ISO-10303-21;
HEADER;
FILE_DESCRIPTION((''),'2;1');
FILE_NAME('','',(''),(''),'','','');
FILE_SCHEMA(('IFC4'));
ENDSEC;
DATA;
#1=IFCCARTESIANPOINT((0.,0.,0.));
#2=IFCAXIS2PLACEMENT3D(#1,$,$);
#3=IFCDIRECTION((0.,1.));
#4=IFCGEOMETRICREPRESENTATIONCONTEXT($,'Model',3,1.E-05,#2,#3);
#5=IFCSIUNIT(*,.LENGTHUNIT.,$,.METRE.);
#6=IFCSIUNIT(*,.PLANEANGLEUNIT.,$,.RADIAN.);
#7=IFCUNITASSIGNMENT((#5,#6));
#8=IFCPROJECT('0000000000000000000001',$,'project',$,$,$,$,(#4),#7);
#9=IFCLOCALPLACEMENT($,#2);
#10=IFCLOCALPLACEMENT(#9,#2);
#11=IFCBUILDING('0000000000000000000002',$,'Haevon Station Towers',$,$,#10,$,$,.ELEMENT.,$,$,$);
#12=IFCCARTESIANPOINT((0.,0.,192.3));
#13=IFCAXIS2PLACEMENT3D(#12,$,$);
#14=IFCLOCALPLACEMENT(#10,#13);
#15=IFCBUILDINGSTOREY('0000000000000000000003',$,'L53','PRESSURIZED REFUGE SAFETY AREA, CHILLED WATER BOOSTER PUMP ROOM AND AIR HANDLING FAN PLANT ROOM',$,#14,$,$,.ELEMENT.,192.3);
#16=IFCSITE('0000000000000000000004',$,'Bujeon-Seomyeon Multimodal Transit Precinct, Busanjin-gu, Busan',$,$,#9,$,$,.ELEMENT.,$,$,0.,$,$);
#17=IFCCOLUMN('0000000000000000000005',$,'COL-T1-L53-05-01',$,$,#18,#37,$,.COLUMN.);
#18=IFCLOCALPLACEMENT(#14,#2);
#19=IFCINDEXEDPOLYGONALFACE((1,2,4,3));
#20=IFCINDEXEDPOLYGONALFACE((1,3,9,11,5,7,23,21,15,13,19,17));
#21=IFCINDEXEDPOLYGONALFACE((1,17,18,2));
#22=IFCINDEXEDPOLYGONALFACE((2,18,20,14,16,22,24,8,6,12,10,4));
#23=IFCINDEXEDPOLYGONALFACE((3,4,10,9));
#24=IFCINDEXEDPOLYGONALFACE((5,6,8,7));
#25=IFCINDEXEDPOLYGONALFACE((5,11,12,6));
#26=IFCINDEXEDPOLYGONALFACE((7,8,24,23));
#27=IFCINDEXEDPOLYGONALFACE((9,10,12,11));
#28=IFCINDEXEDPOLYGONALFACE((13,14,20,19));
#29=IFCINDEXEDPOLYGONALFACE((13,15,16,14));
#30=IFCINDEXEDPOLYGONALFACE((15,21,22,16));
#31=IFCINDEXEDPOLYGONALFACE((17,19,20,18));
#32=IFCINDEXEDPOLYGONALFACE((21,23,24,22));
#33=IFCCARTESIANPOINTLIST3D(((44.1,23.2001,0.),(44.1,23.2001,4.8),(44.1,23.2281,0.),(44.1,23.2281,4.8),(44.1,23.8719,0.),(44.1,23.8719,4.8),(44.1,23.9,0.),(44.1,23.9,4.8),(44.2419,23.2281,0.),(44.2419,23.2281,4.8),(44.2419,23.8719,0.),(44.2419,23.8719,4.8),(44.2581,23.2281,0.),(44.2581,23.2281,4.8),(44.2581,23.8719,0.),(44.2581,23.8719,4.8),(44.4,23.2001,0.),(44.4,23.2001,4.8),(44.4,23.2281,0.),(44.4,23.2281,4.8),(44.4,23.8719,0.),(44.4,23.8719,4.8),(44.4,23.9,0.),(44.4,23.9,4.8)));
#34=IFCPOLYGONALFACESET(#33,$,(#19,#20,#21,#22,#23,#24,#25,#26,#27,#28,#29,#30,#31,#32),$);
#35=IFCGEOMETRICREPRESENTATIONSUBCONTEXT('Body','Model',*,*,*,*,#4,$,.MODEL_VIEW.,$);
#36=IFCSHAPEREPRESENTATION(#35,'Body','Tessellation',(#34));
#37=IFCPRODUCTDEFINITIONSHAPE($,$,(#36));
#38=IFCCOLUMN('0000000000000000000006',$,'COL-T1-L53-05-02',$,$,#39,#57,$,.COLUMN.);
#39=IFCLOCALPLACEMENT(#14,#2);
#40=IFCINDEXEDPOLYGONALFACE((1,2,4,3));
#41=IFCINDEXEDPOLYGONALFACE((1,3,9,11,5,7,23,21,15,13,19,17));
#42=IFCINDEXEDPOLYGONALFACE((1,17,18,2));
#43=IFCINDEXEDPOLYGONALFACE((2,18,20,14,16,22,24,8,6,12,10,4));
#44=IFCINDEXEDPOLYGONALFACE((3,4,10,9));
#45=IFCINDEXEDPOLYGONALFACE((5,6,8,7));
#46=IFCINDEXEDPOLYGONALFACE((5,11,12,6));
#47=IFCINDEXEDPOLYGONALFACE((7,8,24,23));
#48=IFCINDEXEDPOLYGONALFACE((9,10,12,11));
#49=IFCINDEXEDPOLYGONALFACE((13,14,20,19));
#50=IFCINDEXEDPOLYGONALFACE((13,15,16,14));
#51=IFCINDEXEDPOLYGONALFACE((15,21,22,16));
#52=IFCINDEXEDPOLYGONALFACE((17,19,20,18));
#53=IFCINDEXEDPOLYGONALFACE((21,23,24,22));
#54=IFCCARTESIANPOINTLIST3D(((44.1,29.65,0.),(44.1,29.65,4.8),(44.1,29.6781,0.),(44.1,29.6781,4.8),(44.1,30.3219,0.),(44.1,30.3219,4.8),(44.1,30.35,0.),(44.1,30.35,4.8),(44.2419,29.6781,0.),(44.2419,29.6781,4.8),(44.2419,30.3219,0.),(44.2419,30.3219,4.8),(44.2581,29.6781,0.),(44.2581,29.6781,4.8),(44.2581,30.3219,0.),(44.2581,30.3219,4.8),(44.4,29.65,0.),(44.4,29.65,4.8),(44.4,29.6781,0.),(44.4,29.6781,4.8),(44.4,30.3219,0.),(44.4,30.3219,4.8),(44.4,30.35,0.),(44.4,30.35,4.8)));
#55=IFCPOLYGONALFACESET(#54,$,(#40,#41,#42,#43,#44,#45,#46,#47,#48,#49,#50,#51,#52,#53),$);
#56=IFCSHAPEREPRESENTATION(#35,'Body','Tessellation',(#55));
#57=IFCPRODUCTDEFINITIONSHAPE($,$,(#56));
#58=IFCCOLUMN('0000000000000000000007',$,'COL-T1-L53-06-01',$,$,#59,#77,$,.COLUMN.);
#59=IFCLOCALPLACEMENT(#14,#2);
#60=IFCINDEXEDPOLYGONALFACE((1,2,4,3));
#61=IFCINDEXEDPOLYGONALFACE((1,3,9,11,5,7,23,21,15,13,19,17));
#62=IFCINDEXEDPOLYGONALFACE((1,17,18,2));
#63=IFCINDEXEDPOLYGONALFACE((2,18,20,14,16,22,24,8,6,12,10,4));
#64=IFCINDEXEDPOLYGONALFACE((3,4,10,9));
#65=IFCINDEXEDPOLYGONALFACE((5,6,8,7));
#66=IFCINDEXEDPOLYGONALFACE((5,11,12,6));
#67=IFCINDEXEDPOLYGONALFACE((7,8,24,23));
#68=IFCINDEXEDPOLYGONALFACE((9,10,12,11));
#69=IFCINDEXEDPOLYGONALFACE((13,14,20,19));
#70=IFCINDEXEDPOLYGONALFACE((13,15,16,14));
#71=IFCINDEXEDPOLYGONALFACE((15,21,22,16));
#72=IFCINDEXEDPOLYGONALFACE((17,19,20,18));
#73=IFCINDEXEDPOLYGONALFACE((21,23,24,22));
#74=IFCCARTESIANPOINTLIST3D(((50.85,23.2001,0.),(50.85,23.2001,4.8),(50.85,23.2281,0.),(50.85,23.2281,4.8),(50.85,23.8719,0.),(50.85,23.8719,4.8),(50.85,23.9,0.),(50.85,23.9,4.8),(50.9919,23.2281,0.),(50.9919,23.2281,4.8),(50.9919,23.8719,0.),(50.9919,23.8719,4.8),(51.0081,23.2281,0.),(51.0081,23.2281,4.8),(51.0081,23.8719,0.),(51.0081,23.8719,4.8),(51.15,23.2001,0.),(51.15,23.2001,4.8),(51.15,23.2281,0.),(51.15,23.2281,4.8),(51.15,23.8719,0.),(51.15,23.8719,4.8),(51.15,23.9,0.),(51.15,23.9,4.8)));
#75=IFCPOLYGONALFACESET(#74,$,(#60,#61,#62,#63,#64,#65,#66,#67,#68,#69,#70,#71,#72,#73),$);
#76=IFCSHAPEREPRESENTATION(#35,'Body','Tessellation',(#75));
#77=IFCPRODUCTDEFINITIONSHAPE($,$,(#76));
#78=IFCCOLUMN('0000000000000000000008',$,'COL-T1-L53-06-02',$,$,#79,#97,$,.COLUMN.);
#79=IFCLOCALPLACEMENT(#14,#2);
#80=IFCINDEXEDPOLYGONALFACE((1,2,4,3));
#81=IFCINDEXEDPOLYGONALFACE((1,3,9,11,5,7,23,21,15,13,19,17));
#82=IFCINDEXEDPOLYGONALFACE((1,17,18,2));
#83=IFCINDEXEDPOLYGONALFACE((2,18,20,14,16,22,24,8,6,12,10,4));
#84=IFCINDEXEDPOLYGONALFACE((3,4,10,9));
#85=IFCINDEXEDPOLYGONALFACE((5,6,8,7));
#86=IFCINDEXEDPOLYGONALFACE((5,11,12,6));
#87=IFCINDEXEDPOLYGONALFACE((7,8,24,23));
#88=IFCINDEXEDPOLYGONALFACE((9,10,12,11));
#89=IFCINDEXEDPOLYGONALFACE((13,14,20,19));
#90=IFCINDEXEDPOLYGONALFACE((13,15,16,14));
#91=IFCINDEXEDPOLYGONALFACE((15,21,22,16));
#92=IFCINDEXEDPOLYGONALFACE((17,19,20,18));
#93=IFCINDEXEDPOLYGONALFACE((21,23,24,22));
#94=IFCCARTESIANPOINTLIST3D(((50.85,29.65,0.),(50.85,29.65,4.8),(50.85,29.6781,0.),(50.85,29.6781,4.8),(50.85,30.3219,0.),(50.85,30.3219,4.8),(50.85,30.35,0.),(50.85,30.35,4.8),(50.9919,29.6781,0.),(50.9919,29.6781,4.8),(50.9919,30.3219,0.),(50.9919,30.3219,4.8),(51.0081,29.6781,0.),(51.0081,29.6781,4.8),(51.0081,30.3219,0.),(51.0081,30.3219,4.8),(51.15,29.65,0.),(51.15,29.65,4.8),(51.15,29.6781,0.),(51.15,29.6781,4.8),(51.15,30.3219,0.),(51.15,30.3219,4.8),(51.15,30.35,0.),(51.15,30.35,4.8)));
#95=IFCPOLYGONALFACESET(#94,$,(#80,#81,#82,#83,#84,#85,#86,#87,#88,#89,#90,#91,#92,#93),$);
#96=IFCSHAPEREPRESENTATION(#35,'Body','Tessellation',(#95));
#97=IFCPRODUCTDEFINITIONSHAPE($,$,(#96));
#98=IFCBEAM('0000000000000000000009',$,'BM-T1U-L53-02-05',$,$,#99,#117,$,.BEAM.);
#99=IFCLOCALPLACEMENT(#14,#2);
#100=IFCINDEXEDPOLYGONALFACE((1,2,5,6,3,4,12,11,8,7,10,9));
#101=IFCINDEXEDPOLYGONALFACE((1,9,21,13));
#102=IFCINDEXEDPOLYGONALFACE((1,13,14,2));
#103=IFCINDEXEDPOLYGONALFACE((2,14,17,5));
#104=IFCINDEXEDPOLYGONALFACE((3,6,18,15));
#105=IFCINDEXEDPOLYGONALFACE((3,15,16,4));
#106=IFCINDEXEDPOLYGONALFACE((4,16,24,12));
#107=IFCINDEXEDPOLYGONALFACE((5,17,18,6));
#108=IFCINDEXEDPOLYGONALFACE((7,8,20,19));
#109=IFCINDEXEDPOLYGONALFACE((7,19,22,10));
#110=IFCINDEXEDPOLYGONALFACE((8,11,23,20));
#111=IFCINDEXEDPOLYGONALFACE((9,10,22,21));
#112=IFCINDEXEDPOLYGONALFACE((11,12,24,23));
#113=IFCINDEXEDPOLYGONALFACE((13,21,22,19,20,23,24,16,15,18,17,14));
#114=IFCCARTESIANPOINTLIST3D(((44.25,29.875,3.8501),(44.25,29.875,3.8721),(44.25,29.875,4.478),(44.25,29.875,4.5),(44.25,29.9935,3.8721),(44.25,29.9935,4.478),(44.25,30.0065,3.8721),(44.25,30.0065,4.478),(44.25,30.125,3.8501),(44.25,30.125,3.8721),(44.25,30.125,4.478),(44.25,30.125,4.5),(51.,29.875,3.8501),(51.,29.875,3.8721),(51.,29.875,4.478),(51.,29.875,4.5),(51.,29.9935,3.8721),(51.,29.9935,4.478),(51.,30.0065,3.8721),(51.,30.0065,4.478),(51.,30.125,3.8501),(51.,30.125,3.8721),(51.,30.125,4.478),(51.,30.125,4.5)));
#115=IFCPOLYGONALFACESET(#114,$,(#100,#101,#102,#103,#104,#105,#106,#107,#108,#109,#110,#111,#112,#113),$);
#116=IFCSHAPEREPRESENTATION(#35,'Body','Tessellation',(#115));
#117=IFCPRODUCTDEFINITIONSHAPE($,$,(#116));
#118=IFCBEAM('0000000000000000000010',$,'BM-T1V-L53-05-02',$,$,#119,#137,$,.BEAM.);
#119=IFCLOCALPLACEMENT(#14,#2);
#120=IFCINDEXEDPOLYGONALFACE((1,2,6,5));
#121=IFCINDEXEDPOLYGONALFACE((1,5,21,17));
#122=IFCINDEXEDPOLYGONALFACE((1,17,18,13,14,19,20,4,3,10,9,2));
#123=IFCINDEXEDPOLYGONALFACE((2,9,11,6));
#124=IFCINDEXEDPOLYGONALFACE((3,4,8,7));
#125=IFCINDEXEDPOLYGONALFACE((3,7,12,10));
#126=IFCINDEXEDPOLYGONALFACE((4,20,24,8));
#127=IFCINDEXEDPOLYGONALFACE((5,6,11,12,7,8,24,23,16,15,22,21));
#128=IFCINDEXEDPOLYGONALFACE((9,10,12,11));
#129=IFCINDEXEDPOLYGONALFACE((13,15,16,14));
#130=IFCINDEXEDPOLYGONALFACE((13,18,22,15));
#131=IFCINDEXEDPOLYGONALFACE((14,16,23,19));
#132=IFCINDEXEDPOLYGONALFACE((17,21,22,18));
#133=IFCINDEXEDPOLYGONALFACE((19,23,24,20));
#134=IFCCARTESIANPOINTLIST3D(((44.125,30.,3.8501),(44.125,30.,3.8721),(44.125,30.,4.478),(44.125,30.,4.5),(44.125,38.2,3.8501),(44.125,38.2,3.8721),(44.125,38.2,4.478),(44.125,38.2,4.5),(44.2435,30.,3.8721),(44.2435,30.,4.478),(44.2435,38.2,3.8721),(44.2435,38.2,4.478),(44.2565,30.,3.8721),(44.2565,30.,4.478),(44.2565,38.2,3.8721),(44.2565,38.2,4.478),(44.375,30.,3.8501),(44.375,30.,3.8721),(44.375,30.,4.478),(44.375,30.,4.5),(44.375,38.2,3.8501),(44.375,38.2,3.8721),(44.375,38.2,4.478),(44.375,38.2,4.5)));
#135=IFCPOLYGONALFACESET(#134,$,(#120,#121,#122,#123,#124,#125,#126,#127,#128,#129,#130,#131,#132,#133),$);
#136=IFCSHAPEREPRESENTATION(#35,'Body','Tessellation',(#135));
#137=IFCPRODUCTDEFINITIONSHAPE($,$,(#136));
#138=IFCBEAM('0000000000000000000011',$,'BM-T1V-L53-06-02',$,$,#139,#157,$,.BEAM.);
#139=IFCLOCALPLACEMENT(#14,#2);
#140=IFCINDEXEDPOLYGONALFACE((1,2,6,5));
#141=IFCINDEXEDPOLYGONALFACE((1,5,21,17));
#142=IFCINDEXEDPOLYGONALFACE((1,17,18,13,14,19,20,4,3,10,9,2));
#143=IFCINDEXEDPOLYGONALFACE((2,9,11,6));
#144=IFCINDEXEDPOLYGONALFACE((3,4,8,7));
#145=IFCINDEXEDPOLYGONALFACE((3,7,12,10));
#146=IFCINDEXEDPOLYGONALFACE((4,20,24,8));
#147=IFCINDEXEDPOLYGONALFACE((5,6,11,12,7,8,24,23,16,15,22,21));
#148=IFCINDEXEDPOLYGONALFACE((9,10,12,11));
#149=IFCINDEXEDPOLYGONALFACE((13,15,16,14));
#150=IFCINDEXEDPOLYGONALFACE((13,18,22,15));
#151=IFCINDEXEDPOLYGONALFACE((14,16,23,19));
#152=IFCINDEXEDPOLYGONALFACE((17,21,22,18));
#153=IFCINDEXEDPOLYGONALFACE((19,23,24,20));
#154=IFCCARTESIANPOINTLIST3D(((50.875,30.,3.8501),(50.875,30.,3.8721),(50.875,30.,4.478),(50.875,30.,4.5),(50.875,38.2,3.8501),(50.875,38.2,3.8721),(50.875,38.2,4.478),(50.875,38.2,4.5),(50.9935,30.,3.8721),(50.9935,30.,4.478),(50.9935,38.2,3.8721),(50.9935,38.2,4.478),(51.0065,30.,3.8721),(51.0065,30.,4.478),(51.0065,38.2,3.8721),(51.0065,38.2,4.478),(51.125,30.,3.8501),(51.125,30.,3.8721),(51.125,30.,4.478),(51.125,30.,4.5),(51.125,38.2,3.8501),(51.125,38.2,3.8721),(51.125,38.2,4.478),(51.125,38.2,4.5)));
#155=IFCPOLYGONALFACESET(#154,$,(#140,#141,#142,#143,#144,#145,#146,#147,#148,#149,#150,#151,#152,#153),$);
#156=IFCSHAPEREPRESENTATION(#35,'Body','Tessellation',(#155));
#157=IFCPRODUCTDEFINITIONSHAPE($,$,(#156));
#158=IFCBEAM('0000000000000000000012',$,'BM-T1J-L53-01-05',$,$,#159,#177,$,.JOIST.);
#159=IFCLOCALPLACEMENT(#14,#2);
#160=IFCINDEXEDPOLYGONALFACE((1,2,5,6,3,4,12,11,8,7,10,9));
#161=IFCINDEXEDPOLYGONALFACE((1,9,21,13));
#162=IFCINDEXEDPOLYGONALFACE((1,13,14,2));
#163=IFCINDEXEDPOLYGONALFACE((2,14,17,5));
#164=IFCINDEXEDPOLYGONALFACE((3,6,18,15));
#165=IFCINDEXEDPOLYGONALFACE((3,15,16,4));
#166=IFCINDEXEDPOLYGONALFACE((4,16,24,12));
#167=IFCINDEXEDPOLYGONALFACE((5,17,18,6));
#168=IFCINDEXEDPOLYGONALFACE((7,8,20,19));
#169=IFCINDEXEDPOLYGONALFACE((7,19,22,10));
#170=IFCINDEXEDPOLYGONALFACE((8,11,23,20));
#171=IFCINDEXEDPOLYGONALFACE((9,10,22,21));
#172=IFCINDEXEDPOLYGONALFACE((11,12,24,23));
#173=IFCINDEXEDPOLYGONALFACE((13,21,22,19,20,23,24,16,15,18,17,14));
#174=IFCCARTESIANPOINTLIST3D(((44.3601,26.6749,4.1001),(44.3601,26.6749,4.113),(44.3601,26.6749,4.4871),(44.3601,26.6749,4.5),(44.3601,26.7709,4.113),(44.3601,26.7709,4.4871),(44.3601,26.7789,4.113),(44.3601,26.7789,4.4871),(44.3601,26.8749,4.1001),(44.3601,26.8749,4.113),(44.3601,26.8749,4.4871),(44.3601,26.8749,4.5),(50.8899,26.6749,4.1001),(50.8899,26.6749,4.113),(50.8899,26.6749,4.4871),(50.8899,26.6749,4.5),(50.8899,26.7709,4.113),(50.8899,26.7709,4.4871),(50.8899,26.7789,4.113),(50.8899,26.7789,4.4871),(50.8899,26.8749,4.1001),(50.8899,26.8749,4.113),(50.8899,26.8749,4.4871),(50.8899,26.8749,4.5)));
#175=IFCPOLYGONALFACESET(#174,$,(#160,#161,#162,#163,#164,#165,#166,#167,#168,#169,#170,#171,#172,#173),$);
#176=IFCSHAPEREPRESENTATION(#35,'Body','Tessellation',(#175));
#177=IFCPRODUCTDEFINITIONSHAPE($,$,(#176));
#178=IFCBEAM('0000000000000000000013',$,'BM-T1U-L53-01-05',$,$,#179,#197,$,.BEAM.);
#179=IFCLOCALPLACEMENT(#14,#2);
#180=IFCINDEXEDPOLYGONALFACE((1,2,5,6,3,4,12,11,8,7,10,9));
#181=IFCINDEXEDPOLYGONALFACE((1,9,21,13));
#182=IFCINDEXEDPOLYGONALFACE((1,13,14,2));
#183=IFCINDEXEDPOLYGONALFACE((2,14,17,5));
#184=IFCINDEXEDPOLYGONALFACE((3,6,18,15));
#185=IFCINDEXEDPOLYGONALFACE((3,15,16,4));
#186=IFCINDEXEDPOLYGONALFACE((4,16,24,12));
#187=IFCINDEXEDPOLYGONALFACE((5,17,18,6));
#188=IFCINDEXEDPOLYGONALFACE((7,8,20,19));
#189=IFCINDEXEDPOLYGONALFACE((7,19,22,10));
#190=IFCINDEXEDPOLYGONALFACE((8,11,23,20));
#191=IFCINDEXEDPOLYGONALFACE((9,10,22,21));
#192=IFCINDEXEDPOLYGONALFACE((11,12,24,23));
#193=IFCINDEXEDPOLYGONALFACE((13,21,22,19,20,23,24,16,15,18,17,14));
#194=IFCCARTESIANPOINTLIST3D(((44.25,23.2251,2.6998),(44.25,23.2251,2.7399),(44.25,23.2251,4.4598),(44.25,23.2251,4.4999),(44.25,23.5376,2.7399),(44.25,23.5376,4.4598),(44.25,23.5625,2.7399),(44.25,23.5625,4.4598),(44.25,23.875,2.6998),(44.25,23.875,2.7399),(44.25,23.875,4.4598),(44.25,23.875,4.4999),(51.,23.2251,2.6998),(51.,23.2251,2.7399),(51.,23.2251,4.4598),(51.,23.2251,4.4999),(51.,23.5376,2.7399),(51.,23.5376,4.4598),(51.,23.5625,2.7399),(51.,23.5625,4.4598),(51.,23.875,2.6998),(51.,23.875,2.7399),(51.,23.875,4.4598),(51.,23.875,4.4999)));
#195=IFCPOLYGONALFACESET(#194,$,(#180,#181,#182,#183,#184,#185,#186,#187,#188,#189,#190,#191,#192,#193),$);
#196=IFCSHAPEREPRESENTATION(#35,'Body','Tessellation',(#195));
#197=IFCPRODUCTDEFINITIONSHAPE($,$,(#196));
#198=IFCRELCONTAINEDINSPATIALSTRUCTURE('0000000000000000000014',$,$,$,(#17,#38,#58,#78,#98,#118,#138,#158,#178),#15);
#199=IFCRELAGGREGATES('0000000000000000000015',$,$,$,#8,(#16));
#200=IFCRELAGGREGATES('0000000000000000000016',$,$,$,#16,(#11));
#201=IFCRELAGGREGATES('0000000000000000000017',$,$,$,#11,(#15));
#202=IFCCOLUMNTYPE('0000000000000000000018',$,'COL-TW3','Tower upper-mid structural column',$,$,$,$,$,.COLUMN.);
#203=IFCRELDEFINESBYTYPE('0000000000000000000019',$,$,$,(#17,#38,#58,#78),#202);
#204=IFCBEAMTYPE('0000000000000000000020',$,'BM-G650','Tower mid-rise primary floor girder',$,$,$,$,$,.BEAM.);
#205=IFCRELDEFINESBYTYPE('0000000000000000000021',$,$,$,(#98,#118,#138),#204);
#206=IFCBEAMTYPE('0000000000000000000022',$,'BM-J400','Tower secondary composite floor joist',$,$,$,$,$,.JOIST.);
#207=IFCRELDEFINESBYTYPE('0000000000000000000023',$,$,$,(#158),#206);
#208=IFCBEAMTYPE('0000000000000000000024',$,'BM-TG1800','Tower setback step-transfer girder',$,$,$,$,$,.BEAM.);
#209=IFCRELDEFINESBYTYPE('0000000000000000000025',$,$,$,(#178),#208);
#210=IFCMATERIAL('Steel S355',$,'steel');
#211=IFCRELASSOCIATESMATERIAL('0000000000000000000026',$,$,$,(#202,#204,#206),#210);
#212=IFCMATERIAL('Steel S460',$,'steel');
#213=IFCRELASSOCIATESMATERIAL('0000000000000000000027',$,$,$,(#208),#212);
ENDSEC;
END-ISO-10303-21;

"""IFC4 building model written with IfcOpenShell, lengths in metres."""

from ifc_helpers import new_model, si_unit, direction, frame, origin, origin_2d, place, context, subcontext, project, spatial, i_section, extrude, material, material_profile, profile_set, type_object, element, save


model = new_model("IFC4")

# Units and contexts
model_context = context("Model", 3, precision=1e-05, world=origin(), true_north=direction((0.0, 1.0)))
body_context = subcontext(model_context, "Body", "Model", "MODEL_VIEW")
ifc_project = project(units=[si_unit("LENGTHUNIT", "METRE"), si_unit("PLANEANGLEUNIT", "RADIAN")], contexts=[model_context])

# Site, building, storey
site_placement = place(None, origin())
site = spatial("IfcSite", under=ifc_project, at=site_placement, Name="Bujeon-Seomyeon Multimodal Transit Precinct, Busanjin-gu, Busan", CompositionType="ELEMENT", RefElevation=0.0)
building_placement = place(site_placement, origin())
building = spatial("IfcBuilding", under=site, at=building_placement, Name="Haevon Station Towers", CompositionType="ELEMENT")
storey_placement = place(building_placement, frame((0.0, 0.0, 192.3)))
storey = spatial("IfcBuildingStorey", under=building, at=storey_placement, Name="L53", Description="PRESSURIZED REFUGE SAFETY AREA, CHILLED WATER BOOSTER PUMP ROOM AND AIR HANDLING FAN PLANT ROOM", CompositionType="ELEMENT", Elevation=192.3)

# Columns
ifc_material_1 = material(Name="Steel S355", Category="steel")
ifc_material_profile_1 = material_profile(ifc_material_1, i_section(OverallWidth=0.3, OverallDepth=0.7, WebThickness=0.0161, FlangeThickness=0.0281, at=origin_2d()), Name="H-700x300x16x28")
ifc_profile_set_1 = profile_set([ifc_material_profile_1], Name="Steel S355")
column_type = type_object("IfcColumnType", Name="COL-TW3", Description="Tower upper-mid structural column", PredefinedType="COLUMN", material=ifc_profile_set_1)
for number, where, z_axis, x_axis, name in (
    (1, (44.25, 23.55, 0.0), (0.0, 0.0, 1.0), (1.0, 0.0, 0.0), "COL-T1-L53-05-01"),
    (2, (44.25, 30.0, 0.0), (0.0, 0.0, 1.0), (1.0, 0.0, 0.0), "COL-T1-L53-05-02"),
    (3, (51.0, 23.55, 0.0), (0.0, 0.0, 1.0), (1.0, 0.0, 0.0), "COL-T1-L53-06-01"),
    (4, (51.0, 30.0, 0.0), (0.0, 0.0, 1.0), (1.0, 0.0, 0.0), "COL-T1-L53-06-02"),
):
    element("IfcColumn", number, at=place(storey_placement, frame(where, z_axis=z_axis, x_axis=x_axis)), inside=storey, type_object=column_type, Name=name, PredefinedType="COLUMN", context=body_context, shape_type="SweptSolid", body=[
        extrude(i_section(OverallWidth=0.3, OverallDepth=0.7, WebThickness=0.0161, FlangeThickness=0.0281, at=origin_2d()), origin(), (0.0, 0.0, 1.0), 4.8),
    ])

# Beams
ifc_material_profile_2 = material_profile(ifc_material_1, i_section(OverallWidth=0.25, OverallDepth=0.6499, WebThickness=0.0129, FlangeThickness=0.022, at=origin_2d()), Name="H-650x250x13x22")
ifc_profile_set_2 = profile_set([ifc_material_profile_2], Name="Steel S355")
beam_type_1 = type_object("IfcBeamType", Name="BM-G650", Description="Tower mid-rise primary floor girder", PredefinedType="BEAM", material=ifc_profile_set_2)
beam_1_placement = place(storey_placement, frame((44.25, 30.0, 4.175), z_axis=(1.0, 0.0, 0.0), x_axis=(0.0, 1.0, 0.0)))
element("IfcBeam", 5, at=beam_1_placement, inside=storey, type_object=beam_type_1, Name="BM-T1U-L53-02-05", PredefinedType="BEAM", context=body_context, shape_type="SweptSolid", body=[
    extrude(i_section(OverallWidth=0.25, OverallDepth=0.6499, WebThickness=0.0129, FlangeThickness=0.022, at=origin_2d()), origin(), (0.0, 0.0, 1.0), 6.75),
])
for number, where, z_axis, x_axis, name in (
    (6, (44.25, 30.0, 4.175), (0.0, 1.0, 0.0), (-1.0, 0.0, 0.0), "BM-T1V-L53-05-02"),
    (7, (51.0, 30.0, 4.175), (0.0, 1.0, 0.0), (-1.0, 0.0, 0.0), "BM-T1V-L53-06-02"),
):
    element("IfcBeam", number, at=place(storey_placement, frame(where, z_axis=z_axis, x_axis=x_axis)), inside=storey, type_object=beam_type_1, Name=name, PredefinedType="BEAM", context=body_context, shape_type="SweptSolid", body=[
        extrude(i_section(OverallWidth=0.25, OverallDepth=0.6499, WebThickness=0.0129, FlangeThickness=0.022, at=origin_2d()), origin(), (0.0, 0.0, 1.0), 8.2),
    ])
ifc_material_profile_3 = material_profile(ifc_material_1, i_section(OverallWidth=0.2, OverallDepth=0.3999, WebThickness=0.0081, FlangeThickness=0.0129, at=origin_2d()), Name="H-400x200x8x13")
ifc_profile_set_3 = profile_set([ifc_material_profile_3], Name="Steel S355")
beam_type_2 = type_object("IfcBeamType", Name="BM-J400", Description="Tower secondary composite floor joist", PredefinedType="JOIST", material=ifc_profile_set_3)
beam_2_placement = place(storey_placement, frame((44.3601, 26.7749, 4.3), z_axis=(1.0, 0.0, 0.0), x_axis=(0.0, 1.0, 0.0)))
element("IfcBeam", 8, at=beam_2_placement, inside=storey, type_object=beam_type_2, Name="BM-T1J-L53-01-05", PredefinedType="JOIST", context=body_context, shape_type="SweptSolid", body=[
    extrude(i_section(OverallWidth=0.2, OverallDepth=0.3999, WebThickness=0.0081, FlangeThickness=0.0129, at=origin_2d()), origin(), (0.0, 0.0, 1.0), 6.5298),
])
ifc_material_2 = material(Name="Steel S460", Category="steel")
ifc_material_profile_4 = material_profile(ifc_material_2, i_section(OverallWidth=0.6499, OverallDepth=1.8, WebThickness=0.0249, FlangeThickness=0.04, at=origin_2d()), Name="H-1800x650x25x40")
ifc_profile_set_4 = profile_set([ifc_material_profile_4], Name="Steel S460")
beam_type_3 = type_object("IfcBeamType", Name="BM-TG1800", Description="Tower setback step-transfer girder", PredefinedType="BEAM", material=ifc_profile_set_4)
beam_3_placement = place(storey_placement, frame((44.25, 23.55, 3.5999), z_axis=(1.0, 0.0, 0.0), x_axis=(0.0, 1.0, 0.0)))
element("IfcBeam", 9, at=beam_3_placement, inside=storey, type_object=beam_type_3, Name="BM-T1U-L53-01-05", PredefinedType="BEAM", context=body_context, shape_type="SweptSolid", body=[
    extrude(i_section(OverallWidth=0.6499, OverallDepth=1.8, WebThickness=0.0249, FlangeThickness=0.04, at=origin_2d()), origin(), (0.0, 0.0, 1.0), 6.75),
])

save(model, "model.ifc")
